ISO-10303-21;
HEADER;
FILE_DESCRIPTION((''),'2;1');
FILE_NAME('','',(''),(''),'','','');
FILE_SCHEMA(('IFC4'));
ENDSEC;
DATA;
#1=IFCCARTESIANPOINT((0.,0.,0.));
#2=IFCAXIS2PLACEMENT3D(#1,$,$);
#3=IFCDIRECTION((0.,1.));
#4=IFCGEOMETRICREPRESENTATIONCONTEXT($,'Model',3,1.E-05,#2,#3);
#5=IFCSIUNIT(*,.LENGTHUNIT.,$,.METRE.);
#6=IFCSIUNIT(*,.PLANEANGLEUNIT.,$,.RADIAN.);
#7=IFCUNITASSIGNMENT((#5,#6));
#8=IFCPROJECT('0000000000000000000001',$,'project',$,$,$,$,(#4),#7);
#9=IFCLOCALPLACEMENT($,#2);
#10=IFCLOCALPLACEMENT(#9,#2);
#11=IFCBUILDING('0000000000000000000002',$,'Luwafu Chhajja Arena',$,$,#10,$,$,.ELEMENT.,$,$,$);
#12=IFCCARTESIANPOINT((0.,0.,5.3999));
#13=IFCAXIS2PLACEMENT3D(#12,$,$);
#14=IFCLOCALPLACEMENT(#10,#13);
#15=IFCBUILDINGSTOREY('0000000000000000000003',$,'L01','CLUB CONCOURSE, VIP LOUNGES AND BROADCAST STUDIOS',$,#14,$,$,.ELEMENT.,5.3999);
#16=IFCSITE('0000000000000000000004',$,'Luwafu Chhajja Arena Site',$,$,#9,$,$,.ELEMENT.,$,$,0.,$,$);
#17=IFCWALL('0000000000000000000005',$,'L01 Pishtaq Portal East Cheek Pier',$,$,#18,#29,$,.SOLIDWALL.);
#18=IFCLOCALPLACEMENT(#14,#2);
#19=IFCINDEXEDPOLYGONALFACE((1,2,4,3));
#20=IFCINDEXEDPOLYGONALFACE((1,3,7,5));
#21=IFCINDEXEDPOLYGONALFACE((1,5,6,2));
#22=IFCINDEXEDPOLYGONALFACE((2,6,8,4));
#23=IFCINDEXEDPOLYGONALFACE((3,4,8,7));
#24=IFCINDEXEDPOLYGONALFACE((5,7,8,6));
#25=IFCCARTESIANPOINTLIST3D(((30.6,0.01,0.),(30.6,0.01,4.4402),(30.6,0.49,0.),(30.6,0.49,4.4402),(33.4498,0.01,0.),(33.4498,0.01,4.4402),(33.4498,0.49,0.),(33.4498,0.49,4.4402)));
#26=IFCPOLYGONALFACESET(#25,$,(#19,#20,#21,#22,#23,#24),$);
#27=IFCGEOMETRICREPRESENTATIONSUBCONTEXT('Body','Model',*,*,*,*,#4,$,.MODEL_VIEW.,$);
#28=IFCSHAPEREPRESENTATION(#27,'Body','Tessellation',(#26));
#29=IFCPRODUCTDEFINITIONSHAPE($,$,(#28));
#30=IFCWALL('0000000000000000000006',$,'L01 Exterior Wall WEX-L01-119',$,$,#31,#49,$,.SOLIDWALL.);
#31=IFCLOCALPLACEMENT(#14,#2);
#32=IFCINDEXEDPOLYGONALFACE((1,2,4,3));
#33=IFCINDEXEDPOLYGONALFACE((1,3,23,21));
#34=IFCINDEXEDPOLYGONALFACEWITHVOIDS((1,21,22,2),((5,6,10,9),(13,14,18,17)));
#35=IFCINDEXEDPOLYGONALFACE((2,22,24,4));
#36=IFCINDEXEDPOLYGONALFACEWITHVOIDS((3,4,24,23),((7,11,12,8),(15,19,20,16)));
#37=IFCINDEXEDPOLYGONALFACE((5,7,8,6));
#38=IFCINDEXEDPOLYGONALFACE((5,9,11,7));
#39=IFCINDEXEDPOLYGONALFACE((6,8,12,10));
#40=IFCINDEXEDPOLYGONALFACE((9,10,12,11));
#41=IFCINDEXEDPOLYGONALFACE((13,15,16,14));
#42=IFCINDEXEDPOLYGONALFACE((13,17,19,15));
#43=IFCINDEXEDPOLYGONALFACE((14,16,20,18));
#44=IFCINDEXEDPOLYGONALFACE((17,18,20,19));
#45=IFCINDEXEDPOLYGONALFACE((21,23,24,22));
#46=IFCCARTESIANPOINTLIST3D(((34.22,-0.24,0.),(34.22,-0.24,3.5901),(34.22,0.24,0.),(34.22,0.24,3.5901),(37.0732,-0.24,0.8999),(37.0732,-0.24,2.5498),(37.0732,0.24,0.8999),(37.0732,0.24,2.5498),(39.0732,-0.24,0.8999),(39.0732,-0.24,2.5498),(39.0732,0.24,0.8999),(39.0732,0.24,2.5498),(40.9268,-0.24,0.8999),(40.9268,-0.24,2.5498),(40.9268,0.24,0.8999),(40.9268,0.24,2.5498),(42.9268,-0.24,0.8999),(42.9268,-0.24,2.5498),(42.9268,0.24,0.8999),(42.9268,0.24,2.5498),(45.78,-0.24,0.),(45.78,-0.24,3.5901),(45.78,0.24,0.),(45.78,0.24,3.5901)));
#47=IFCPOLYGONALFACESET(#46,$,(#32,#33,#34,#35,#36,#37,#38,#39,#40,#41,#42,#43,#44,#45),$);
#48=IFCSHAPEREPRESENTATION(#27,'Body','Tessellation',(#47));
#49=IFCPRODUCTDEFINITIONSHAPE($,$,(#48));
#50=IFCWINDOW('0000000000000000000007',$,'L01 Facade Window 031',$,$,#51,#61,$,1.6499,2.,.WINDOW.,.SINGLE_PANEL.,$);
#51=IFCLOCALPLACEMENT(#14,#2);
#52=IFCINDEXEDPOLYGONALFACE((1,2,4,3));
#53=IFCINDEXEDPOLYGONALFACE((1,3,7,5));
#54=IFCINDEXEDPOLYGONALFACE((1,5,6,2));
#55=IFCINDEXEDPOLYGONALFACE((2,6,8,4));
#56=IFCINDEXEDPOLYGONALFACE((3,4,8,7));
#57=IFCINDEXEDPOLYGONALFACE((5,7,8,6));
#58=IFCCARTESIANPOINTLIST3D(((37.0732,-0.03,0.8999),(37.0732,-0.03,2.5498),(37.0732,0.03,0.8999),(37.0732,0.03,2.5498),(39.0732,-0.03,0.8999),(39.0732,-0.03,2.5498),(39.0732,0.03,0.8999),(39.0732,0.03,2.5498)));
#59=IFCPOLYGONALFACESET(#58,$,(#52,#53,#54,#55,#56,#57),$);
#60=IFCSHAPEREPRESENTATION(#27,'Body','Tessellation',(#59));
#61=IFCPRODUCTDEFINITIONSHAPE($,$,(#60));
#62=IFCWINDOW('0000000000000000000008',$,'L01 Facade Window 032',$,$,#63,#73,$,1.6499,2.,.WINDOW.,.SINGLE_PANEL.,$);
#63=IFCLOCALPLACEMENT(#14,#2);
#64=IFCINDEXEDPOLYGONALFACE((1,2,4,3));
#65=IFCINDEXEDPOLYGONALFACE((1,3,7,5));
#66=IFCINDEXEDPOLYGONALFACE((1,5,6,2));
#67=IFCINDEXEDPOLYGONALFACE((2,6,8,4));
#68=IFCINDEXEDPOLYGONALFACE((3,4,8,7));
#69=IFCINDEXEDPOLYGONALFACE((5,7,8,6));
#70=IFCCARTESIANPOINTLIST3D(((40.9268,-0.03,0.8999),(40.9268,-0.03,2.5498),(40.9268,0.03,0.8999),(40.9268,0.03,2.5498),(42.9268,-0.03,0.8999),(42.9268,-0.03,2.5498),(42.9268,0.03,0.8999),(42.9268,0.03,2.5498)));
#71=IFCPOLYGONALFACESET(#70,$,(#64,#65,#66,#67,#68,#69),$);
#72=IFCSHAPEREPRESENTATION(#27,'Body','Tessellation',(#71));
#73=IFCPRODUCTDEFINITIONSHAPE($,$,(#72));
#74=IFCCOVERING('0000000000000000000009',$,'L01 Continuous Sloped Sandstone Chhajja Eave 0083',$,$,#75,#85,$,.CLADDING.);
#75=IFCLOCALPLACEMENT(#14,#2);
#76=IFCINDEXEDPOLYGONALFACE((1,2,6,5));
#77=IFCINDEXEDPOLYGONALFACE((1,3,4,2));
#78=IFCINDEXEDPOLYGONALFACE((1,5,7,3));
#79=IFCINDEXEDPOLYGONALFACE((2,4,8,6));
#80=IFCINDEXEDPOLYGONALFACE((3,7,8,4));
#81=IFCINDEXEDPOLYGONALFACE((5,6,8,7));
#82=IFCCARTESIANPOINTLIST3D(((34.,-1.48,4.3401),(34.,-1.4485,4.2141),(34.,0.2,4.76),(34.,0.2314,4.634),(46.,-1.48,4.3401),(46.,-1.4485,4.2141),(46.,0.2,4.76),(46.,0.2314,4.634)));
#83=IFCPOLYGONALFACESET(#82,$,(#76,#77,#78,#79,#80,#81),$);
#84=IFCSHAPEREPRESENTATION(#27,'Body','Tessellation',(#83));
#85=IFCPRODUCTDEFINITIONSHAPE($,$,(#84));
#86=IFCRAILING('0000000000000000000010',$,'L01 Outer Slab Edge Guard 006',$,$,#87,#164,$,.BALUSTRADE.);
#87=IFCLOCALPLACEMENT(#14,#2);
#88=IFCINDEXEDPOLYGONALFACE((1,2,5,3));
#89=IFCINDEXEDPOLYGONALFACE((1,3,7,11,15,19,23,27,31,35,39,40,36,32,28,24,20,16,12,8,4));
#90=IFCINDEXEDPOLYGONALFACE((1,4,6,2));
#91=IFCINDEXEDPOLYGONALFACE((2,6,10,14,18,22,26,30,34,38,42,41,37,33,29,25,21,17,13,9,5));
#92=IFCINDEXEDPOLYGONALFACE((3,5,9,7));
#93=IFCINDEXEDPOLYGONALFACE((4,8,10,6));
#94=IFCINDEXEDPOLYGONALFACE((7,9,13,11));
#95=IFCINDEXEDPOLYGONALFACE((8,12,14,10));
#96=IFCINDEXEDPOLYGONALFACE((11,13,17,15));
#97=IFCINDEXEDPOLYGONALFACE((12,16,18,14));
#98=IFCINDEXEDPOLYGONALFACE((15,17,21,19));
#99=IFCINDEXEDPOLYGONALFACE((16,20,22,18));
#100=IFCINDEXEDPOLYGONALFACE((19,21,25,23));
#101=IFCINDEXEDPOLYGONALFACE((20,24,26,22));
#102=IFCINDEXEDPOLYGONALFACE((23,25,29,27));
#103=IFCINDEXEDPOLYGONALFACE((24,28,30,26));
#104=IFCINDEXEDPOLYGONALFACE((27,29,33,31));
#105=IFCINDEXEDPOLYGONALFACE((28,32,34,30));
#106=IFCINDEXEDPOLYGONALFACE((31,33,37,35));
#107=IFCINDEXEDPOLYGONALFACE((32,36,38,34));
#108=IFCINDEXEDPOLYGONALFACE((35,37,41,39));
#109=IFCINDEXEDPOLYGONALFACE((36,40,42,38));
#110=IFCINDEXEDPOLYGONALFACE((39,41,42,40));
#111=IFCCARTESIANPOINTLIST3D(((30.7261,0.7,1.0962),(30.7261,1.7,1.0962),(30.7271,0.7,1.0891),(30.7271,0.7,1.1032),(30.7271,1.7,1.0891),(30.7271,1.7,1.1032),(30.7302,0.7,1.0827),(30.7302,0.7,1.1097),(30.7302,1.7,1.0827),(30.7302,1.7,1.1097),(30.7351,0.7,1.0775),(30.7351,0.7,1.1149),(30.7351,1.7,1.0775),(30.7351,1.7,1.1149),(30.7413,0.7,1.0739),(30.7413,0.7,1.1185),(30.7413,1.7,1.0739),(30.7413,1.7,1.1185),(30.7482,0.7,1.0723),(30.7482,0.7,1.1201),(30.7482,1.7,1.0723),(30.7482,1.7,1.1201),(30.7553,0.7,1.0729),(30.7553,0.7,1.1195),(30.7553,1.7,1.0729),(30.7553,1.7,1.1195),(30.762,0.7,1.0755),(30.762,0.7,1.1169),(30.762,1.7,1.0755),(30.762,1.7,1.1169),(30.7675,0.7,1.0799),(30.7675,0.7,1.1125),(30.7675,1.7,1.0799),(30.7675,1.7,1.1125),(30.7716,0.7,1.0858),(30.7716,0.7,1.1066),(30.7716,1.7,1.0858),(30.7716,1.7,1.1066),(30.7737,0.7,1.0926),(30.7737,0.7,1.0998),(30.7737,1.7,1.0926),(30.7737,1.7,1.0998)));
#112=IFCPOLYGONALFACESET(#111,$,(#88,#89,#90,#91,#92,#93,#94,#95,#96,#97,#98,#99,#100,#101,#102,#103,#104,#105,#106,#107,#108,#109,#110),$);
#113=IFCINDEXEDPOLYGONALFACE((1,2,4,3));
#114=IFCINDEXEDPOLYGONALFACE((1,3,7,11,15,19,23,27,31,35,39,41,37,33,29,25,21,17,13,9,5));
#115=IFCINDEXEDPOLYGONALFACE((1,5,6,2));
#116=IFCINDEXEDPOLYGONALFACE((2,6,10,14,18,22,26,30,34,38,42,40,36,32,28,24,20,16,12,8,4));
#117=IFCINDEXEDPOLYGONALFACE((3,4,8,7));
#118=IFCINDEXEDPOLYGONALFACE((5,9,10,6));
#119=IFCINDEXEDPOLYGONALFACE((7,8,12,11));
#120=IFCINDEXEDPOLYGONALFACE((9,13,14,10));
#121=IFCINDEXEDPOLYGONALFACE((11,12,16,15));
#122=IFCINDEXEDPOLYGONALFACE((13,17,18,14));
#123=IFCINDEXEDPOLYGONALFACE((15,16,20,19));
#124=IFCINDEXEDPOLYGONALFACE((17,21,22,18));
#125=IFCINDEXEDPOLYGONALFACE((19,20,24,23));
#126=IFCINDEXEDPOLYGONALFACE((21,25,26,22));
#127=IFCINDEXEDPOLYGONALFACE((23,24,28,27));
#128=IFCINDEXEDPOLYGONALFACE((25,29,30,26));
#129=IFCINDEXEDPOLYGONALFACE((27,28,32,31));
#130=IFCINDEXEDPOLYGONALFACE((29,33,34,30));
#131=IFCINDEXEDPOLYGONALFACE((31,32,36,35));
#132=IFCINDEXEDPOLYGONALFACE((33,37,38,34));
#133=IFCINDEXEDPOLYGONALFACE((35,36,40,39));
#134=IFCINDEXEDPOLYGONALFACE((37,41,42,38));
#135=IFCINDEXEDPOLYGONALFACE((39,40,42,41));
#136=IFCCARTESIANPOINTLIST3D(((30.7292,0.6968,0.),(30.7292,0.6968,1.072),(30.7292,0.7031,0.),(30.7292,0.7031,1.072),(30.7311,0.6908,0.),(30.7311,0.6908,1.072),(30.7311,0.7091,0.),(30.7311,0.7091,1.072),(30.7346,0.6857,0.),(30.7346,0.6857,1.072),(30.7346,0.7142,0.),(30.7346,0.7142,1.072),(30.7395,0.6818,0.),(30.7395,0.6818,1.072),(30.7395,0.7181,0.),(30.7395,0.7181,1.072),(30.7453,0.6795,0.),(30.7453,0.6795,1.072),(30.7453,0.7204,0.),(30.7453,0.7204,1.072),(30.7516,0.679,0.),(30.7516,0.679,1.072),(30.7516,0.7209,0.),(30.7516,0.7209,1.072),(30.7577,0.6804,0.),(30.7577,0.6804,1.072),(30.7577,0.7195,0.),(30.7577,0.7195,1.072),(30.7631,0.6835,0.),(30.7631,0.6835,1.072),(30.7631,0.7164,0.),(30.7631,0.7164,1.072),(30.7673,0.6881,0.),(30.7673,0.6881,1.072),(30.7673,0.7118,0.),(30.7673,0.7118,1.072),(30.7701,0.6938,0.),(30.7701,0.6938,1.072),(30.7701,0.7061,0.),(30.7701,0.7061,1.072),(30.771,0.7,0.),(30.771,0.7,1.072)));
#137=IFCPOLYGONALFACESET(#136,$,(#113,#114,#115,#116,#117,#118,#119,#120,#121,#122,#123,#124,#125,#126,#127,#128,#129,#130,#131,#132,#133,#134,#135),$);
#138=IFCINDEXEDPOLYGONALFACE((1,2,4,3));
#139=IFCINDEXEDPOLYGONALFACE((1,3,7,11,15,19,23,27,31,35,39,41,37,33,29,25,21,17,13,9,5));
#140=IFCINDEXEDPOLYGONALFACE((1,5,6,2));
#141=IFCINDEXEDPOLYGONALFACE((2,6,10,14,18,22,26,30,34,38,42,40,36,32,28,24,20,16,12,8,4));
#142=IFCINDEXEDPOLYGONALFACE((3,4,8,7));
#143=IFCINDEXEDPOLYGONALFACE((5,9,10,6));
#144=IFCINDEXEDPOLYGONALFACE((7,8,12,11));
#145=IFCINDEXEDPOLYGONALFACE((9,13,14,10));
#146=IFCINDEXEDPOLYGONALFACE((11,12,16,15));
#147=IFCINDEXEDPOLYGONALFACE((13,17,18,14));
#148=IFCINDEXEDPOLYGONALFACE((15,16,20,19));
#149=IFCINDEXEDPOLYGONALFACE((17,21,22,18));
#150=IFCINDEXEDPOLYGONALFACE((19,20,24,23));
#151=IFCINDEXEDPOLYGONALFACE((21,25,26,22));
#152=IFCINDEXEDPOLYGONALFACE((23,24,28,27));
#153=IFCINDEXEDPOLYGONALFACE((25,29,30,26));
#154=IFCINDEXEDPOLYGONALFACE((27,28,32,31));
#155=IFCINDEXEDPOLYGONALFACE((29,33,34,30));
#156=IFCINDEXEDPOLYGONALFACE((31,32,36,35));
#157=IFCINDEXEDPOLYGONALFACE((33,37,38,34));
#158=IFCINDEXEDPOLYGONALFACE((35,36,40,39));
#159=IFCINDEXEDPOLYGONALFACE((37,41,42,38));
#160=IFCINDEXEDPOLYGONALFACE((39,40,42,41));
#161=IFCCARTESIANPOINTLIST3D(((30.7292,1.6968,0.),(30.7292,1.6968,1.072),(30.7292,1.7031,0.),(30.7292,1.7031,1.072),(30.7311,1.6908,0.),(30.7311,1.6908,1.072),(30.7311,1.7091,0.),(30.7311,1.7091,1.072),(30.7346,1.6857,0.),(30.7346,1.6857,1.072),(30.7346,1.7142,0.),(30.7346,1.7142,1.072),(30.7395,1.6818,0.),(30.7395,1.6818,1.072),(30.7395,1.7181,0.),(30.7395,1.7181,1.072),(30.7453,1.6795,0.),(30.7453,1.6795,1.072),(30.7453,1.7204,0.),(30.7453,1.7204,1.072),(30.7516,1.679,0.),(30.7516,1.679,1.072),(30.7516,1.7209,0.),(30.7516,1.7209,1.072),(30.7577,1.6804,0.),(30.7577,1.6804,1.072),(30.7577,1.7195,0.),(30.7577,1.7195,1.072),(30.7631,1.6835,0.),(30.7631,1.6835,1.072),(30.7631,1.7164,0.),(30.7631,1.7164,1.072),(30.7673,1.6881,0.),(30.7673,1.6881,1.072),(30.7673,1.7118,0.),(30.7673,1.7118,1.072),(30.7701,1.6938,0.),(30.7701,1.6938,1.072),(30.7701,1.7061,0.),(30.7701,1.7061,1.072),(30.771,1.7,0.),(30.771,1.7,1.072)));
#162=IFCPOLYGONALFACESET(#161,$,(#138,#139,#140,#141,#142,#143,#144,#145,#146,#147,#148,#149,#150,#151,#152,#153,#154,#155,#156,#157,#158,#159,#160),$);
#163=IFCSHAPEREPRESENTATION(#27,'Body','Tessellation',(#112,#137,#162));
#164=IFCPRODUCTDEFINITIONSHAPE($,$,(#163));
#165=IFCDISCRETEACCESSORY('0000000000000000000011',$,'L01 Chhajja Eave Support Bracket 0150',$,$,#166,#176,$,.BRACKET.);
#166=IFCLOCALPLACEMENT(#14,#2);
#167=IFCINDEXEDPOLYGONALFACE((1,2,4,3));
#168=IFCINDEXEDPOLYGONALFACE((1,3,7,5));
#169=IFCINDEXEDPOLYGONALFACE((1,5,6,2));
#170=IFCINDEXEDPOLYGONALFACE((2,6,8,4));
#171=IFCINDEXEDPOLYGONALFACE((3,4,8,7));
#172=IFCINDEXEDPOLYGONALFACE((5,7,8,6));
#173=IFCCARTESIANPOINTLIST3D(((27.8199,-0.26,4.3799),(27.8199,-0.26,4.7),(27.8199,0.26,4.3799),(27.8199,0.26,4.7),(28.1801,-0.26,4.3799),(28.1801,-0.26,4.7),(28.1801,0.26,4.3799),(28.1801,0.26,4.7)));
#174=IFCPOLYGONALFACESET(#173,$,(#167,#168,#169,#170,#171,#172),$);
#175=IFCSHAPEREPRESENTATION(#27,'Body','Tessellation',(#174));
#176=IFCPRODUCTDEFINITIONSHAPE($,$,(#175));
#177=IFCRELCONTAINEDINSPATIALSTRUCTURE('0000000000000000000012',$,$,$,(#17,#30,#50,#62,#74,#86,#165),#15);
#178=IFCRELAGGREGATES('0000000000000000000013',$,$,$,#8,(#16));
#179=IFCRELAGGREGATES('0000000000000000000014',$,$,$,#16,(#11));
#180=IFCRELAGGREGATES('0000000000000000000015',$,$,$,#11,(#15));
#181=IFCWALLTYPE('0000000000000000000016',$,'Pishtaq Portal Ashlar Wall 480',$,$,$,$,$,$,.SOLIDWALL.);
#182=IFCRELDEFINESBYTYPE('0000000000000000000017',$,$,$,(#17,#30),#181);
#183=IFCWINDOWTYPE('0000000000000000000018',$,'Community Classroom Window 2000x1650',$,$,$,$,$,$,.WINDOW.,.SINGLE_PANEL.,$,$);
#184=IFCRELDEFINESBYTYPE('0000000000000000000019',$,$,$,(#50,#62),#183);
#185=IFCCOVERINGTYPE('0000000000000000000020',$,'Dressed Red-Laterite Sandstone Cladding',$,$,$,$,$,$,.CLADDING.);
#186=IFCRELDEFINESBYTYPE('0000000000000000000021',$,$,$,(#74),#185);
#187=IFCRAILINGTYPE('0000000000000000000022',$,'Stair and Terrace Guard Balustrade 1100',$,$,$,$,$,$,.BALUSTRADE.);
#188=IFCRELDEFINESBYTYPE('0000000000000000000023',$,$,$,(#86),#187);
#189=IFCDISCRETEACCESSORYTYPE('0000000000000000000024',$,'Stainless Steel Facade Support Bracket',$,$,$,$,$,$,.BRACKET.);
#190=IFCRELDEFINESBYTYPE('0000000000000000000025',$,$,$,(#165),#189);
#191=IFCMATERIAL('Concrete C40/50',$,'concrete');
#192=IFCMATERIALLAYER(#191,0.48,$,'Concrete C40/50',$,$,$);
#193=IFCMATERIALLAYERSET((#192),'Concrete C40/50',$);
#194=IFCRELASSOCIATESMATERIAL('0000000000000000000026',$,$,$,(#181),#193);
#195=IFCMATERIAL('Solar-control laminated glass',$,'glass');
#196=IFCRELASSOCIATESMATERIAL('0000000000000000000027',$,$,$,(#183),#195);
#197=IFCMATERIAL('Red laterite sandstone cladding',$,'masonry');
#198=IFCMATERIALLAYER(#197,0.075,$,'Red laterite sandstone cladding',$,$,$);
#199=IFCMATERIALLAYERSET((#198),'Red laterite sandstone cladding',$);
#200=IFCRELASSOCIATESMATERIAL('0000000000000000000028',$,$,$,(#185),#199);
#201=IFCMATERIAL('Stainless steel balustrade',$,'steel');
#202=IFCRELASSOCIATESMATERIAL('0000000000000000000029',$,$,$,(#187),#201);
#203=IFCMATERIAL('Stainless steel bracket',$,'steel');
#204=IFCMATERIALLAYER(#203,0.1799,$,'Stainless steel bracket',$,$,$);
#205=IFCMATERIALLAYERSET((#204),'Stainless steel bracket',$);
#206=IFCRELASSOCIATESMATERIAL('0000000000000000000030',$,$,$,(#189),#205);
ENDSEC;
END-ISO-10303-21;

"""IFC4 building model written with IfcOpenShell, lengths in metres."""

from ifc_helpers import new_model, si_unit, direction, frame, frame_2d, origin, origin_2d, place, context, subcontext, project, spatial, polyline, rectangle, circle, outline, extrude, material, layer, layer_set, type_object, element, fill, save


model = new_model("IFC4")

# Units and contexts
model_context = context("Model", 3, precision=1e-05, world=origin(), true_north=direction((0.0, 1.0)))
body_context = subcontext(model_context, "Body", "Model", "MODEL_VIEW")
ifc_project = project(units=[si_unit("LENGTHUNIT", "METRE"), si_unit("PLANEANGLEUNIT", "RADIAN")], contexts=[model_context])

# Site, building, storey
site_placement = place(None, origin())
site = spatial("IfcSite", under=ifc_project, at=site_placement, Name="Luwafu Chhajja Arena Site", CompositionType="ELEMENT", RefElevation=0.0)
building_placement = place(site_placement, origin())
building = spatial("IfcBuilding", under=site, at=building_placement, Name="Luwafu Chhajja Arena", CompositionType="ELEMENT")
storey_placement = place(building_placement, frame((0.0, 0.0, 5.3999)))
storey = spatial("IfcBuildingStorey", under=building, at=storey_placement, Name="L01", Description="CLUB CONCOURSE, VIP LOUNGES AND BROADCAST STUDIOS", CompositionType="ELEMENT", Elevation=5.3999)

# Shared definitions
ifc_material_1 = material(Name="Solar-control laminated glass", Category="glass")

# Wall
ifc_material_2 = material(Name="Concrete C40/50", Category="concrete")
ifc_layer_1 = layer(ifc_material_2, 0.48, Name="Concrete C40/50")
ifc_layer_set_1 = layer_set([ifc_layer_1], Name="Concrete C40/50")
wall_type_1 = type_object("IfcWallType", Name="Pishtaq Portal Ashlar Wall 480", PredefinedType="SOLIDWALL", material=ifc_layer_set_1)
wall_1_placement = place(storey_placement, frame((30.6001, 0.25, 0.0), z_axis=(0.0, 0.0, 1.0), x_axis=(1.0, 0.0, 0.0)))
element("IfcWall", 1, at=wall_1_placement, inside=storey, type_object=wall_type_1, Name="L01 Pishtaq Portal East Cheek Pier", PredefinedType="SOLIDWALL", context=body_context, shape_type="SweptSolid", body=[
    extrude(rectangle(XDim=2.8499, YDim=0.48, at=frame_2d((1.4248, 0.0))), origin(), (0.0, 0.0, 1.0), 4.4402),
])

# Wall, openings, windows
wall_2_placement = place(storey_placement, frame((34.22, 0.0, 0.0), z_axis=(0.0, 0.0, 1.0), x_axis=(1.0, 0.0, 0.0)))
wall_2 = element("IfcWall", 2, at=wall_2_placement, inside=storey, type_object=wall_type_1, Name="L01 Exterior Wall WEX-L01-119", PredefinedType="SOLIDWALL", context=body_context, shape_type="SweptSolid", body=[
    extrude(rectangle(XDim=11.5601, YDim=0.48, at=frame_2d((5.78, 0.0))), origin(), (0.0, 0.0, 1.0), 3.5901),
])
opening_1_placement = place(wall_2_placement, frame((2.8533, 0.0, 0.8999)))
opening_1 = element("IfcOpeningElement", 3, at=opening_1_placement, cuts=wall_2, PredefinedType="OPENING", context=body_context, shape_type="SweptSolid", body=[
    extrude(rectangle(XDim=2.0, YDim=1.6499, at=frame_2d((1.0, 0.825))), frame((0.0, 0.25, 0.0), z_axis=(0.0, -1.0, 0.0), x_axis=(1.0, 0.0, 0.0)), (0.0, 0.0, 1.0), 0.5),
])
opening_2_placement = place(wall_2_placement, frame((6.7068, 0.0, 0.8999)))
opening_2 = element("IfcOpeningElement", 4, at=opening_2_placement, cuts=wall_2, PredefinedType="OPENING", context=body_context, shape_type="SweptSolid", body=[
    extrude(rectangle(XDim=2.0, YDim=1.6499, at=frame_2d((1.0, 0.825))), frame((0.0, 0.25, 0.0), z_axis=(0.0, -1.0, 0.0), x_axis=(1.0, 0.0, 0.0)), (0.0, 0.0, 1.0), 0.5),
])
window_type = type_object("IfcWindowType", Name="Community Classroom Window 2000x1650", PartitioningType="SINGLE_PANEL", PredefinedType="WINDOW", material=ifc_material_1)
window_1_placement = place(opening_1_placement, origin())
window_1 = element("IfcWindow", 5, at=window_1_placement, inside=storey, type_object=window_type, Name="L01 Facade Window 031", OverallHeight=1.6499, OverallWidth=2.0, PartitioningType="SINGLE_PANEL", PredefinedType="WINDOW", context=body_context, shape_type="SweptSolid", body=[
    extrude(rectangle(XDim=2.0, YDim=1.6499, at=frame_2d((1.0, 0.825))), frame((0.0, 0.03, 0.0), z_axis=(0.0, -1.0, 0.0), x_axis=(1.0, 0.0, 0.0)), (0.0, 0.0, 1.0), 0.0601),
])
fill(opening_1, window_1)
window_2_placement = place(opening_2_placement, origin())
window_2 = element("IfcWindow", 6, at=window_2_placement, inside=storey, type_object=window_type, Name="L01 Facade Window 032", OverallHeight=1.6499, OverallWidth=2.0, PartitioningType="SINGLE_PANEL", PredefinedType="WINDOW", context=body_context, shape_type="SweptSolid", body=[
    extrude(rectangle(XDim=2.0, YDim=1.6499, at=frame_2d((1.0, 0.825))), frame((0.0, 0.03, 0.0), z_axis=(0.0, -1.0, 0.0), x_axis=(1.0, 0.0, 0.0)), (0.0, 0.0, 1.0), 0.0601),
])
fill(opening_2, window_2)

# Covering
ifc_material_3 = material(Name="Red laterite sandstone cladding", Category="masonry")
ifc_layer_2 = layer(ifc_material_3, 0.075, Name="Red laterite sandstone cladding")
ifc_layer_set_2 = layer_set([ifc_layer_2], Name="Red laterite sandstone cladding")
covering_type = type_object("IfcCoveringType", Name="Dressed Red-Laterite Sandstone Cladding", PredefinedType="CLADDING", material=ifc_layer_set_2)
covering_placement = place(storey_placement, frame((34.0, 0.2, 4.76), z_axis=(0.0, -0.242502, 0.970151), x_axis=(1.0, 0.0, 0.0)))
element("IfcCovering", 7, at=covering_placement, inside=storey, type_object=covering_type, Name="L01 Continuous Sloped Sandstone Chhajja Eave 0083", PredefinedType="CLADDING", context=body_context, shape_type="SweptSolid", body=[
    extrude(outline(polyline([(0.0, 0.0), (12.0, 0.0), (12.0, -1.7316), (0.0, -1.7316), (0.0, 0.0)])), origin(), (0.0, 0.0, -1.0), 0.1299),
])

# Railing
ifc_material_4 = material(Name="Stainless steel balustrade", Category="steel")
railing_type = type_object("IfcRailingType", Name="Stair and Terrace Guard Balustrade 1100", PredefinedType="BALUSTRADE", material=ifc_material_4)
railing_placement = place(storey_placement, frame((30.75, 0.7, 0.0)))
element("IfcRailing", 8, at=railing_placement, inside=storey, type_object=railing_type, Name="L01 Outer Slab Edge Guard 006", PredefinedType="BALUSTRADE", context=body_context, shape_type="SweptSolid", body=[
    extrude(circle(Radius=0.0239, at=origin_2d()), frame((0.0, 0.0, 1.0962), z_axis=(0.0, 1.0, 0.0), x_axis=(-1.0, 0.0, 0.0)), (0.0, 0.0, 1.0), 1.0),
    extrude(circle(Radius=0.021, at=origin_2d()), origin(), (0.0, 0.0, 1.0), 1.072),
    extrude(circle(Radius=0.021, at=origin_2d()), frame((0.0, 1.0, 0.0)), (0.0, 0.0, 1.0), 1.072),
])

# Discrete accessory
ifc_material_5 = material(Name="Stainless steel bracket", Category="steel")
ifc_layer_3 = layer(ifc_material_5, 0.1799, Name="Stainless steel bracket")
ifc_layer_set_3 = layer_set([ifc_layer_3], Name="Stainless steel bracket")
discrete_accessory_type = type_object("IfcDiscreteAccessoryType", Name="Stainless Steel Facade Support Bracket", PredefinedType="BRACKET", material=ifc_layer_set_3)
discrete_accessory_placement = place(storey_placement, frame((28.0, 0.0, 4.3799), z_axis=(0.0, 0.0, 1.0), x_axis=(1.0, 0.0, 0.0)))
element("IfcDiscreteAccessory", 9, at=discrete_accessory_placement, inside=storey, type_object=discrete_accessory_type, Name="L01 Chhajja Eave Support Bracket 0150", PredefinedType="BRACKET", context=body_context, shape_type="SweptSolid", body=[
    extrude(rectangle(XDim=0.3601, YDim=0.52, at=origin_2d()), origin(), (0.0, 0.0, 1.0), 0.3201),
])

save(model, "model.ifc")
